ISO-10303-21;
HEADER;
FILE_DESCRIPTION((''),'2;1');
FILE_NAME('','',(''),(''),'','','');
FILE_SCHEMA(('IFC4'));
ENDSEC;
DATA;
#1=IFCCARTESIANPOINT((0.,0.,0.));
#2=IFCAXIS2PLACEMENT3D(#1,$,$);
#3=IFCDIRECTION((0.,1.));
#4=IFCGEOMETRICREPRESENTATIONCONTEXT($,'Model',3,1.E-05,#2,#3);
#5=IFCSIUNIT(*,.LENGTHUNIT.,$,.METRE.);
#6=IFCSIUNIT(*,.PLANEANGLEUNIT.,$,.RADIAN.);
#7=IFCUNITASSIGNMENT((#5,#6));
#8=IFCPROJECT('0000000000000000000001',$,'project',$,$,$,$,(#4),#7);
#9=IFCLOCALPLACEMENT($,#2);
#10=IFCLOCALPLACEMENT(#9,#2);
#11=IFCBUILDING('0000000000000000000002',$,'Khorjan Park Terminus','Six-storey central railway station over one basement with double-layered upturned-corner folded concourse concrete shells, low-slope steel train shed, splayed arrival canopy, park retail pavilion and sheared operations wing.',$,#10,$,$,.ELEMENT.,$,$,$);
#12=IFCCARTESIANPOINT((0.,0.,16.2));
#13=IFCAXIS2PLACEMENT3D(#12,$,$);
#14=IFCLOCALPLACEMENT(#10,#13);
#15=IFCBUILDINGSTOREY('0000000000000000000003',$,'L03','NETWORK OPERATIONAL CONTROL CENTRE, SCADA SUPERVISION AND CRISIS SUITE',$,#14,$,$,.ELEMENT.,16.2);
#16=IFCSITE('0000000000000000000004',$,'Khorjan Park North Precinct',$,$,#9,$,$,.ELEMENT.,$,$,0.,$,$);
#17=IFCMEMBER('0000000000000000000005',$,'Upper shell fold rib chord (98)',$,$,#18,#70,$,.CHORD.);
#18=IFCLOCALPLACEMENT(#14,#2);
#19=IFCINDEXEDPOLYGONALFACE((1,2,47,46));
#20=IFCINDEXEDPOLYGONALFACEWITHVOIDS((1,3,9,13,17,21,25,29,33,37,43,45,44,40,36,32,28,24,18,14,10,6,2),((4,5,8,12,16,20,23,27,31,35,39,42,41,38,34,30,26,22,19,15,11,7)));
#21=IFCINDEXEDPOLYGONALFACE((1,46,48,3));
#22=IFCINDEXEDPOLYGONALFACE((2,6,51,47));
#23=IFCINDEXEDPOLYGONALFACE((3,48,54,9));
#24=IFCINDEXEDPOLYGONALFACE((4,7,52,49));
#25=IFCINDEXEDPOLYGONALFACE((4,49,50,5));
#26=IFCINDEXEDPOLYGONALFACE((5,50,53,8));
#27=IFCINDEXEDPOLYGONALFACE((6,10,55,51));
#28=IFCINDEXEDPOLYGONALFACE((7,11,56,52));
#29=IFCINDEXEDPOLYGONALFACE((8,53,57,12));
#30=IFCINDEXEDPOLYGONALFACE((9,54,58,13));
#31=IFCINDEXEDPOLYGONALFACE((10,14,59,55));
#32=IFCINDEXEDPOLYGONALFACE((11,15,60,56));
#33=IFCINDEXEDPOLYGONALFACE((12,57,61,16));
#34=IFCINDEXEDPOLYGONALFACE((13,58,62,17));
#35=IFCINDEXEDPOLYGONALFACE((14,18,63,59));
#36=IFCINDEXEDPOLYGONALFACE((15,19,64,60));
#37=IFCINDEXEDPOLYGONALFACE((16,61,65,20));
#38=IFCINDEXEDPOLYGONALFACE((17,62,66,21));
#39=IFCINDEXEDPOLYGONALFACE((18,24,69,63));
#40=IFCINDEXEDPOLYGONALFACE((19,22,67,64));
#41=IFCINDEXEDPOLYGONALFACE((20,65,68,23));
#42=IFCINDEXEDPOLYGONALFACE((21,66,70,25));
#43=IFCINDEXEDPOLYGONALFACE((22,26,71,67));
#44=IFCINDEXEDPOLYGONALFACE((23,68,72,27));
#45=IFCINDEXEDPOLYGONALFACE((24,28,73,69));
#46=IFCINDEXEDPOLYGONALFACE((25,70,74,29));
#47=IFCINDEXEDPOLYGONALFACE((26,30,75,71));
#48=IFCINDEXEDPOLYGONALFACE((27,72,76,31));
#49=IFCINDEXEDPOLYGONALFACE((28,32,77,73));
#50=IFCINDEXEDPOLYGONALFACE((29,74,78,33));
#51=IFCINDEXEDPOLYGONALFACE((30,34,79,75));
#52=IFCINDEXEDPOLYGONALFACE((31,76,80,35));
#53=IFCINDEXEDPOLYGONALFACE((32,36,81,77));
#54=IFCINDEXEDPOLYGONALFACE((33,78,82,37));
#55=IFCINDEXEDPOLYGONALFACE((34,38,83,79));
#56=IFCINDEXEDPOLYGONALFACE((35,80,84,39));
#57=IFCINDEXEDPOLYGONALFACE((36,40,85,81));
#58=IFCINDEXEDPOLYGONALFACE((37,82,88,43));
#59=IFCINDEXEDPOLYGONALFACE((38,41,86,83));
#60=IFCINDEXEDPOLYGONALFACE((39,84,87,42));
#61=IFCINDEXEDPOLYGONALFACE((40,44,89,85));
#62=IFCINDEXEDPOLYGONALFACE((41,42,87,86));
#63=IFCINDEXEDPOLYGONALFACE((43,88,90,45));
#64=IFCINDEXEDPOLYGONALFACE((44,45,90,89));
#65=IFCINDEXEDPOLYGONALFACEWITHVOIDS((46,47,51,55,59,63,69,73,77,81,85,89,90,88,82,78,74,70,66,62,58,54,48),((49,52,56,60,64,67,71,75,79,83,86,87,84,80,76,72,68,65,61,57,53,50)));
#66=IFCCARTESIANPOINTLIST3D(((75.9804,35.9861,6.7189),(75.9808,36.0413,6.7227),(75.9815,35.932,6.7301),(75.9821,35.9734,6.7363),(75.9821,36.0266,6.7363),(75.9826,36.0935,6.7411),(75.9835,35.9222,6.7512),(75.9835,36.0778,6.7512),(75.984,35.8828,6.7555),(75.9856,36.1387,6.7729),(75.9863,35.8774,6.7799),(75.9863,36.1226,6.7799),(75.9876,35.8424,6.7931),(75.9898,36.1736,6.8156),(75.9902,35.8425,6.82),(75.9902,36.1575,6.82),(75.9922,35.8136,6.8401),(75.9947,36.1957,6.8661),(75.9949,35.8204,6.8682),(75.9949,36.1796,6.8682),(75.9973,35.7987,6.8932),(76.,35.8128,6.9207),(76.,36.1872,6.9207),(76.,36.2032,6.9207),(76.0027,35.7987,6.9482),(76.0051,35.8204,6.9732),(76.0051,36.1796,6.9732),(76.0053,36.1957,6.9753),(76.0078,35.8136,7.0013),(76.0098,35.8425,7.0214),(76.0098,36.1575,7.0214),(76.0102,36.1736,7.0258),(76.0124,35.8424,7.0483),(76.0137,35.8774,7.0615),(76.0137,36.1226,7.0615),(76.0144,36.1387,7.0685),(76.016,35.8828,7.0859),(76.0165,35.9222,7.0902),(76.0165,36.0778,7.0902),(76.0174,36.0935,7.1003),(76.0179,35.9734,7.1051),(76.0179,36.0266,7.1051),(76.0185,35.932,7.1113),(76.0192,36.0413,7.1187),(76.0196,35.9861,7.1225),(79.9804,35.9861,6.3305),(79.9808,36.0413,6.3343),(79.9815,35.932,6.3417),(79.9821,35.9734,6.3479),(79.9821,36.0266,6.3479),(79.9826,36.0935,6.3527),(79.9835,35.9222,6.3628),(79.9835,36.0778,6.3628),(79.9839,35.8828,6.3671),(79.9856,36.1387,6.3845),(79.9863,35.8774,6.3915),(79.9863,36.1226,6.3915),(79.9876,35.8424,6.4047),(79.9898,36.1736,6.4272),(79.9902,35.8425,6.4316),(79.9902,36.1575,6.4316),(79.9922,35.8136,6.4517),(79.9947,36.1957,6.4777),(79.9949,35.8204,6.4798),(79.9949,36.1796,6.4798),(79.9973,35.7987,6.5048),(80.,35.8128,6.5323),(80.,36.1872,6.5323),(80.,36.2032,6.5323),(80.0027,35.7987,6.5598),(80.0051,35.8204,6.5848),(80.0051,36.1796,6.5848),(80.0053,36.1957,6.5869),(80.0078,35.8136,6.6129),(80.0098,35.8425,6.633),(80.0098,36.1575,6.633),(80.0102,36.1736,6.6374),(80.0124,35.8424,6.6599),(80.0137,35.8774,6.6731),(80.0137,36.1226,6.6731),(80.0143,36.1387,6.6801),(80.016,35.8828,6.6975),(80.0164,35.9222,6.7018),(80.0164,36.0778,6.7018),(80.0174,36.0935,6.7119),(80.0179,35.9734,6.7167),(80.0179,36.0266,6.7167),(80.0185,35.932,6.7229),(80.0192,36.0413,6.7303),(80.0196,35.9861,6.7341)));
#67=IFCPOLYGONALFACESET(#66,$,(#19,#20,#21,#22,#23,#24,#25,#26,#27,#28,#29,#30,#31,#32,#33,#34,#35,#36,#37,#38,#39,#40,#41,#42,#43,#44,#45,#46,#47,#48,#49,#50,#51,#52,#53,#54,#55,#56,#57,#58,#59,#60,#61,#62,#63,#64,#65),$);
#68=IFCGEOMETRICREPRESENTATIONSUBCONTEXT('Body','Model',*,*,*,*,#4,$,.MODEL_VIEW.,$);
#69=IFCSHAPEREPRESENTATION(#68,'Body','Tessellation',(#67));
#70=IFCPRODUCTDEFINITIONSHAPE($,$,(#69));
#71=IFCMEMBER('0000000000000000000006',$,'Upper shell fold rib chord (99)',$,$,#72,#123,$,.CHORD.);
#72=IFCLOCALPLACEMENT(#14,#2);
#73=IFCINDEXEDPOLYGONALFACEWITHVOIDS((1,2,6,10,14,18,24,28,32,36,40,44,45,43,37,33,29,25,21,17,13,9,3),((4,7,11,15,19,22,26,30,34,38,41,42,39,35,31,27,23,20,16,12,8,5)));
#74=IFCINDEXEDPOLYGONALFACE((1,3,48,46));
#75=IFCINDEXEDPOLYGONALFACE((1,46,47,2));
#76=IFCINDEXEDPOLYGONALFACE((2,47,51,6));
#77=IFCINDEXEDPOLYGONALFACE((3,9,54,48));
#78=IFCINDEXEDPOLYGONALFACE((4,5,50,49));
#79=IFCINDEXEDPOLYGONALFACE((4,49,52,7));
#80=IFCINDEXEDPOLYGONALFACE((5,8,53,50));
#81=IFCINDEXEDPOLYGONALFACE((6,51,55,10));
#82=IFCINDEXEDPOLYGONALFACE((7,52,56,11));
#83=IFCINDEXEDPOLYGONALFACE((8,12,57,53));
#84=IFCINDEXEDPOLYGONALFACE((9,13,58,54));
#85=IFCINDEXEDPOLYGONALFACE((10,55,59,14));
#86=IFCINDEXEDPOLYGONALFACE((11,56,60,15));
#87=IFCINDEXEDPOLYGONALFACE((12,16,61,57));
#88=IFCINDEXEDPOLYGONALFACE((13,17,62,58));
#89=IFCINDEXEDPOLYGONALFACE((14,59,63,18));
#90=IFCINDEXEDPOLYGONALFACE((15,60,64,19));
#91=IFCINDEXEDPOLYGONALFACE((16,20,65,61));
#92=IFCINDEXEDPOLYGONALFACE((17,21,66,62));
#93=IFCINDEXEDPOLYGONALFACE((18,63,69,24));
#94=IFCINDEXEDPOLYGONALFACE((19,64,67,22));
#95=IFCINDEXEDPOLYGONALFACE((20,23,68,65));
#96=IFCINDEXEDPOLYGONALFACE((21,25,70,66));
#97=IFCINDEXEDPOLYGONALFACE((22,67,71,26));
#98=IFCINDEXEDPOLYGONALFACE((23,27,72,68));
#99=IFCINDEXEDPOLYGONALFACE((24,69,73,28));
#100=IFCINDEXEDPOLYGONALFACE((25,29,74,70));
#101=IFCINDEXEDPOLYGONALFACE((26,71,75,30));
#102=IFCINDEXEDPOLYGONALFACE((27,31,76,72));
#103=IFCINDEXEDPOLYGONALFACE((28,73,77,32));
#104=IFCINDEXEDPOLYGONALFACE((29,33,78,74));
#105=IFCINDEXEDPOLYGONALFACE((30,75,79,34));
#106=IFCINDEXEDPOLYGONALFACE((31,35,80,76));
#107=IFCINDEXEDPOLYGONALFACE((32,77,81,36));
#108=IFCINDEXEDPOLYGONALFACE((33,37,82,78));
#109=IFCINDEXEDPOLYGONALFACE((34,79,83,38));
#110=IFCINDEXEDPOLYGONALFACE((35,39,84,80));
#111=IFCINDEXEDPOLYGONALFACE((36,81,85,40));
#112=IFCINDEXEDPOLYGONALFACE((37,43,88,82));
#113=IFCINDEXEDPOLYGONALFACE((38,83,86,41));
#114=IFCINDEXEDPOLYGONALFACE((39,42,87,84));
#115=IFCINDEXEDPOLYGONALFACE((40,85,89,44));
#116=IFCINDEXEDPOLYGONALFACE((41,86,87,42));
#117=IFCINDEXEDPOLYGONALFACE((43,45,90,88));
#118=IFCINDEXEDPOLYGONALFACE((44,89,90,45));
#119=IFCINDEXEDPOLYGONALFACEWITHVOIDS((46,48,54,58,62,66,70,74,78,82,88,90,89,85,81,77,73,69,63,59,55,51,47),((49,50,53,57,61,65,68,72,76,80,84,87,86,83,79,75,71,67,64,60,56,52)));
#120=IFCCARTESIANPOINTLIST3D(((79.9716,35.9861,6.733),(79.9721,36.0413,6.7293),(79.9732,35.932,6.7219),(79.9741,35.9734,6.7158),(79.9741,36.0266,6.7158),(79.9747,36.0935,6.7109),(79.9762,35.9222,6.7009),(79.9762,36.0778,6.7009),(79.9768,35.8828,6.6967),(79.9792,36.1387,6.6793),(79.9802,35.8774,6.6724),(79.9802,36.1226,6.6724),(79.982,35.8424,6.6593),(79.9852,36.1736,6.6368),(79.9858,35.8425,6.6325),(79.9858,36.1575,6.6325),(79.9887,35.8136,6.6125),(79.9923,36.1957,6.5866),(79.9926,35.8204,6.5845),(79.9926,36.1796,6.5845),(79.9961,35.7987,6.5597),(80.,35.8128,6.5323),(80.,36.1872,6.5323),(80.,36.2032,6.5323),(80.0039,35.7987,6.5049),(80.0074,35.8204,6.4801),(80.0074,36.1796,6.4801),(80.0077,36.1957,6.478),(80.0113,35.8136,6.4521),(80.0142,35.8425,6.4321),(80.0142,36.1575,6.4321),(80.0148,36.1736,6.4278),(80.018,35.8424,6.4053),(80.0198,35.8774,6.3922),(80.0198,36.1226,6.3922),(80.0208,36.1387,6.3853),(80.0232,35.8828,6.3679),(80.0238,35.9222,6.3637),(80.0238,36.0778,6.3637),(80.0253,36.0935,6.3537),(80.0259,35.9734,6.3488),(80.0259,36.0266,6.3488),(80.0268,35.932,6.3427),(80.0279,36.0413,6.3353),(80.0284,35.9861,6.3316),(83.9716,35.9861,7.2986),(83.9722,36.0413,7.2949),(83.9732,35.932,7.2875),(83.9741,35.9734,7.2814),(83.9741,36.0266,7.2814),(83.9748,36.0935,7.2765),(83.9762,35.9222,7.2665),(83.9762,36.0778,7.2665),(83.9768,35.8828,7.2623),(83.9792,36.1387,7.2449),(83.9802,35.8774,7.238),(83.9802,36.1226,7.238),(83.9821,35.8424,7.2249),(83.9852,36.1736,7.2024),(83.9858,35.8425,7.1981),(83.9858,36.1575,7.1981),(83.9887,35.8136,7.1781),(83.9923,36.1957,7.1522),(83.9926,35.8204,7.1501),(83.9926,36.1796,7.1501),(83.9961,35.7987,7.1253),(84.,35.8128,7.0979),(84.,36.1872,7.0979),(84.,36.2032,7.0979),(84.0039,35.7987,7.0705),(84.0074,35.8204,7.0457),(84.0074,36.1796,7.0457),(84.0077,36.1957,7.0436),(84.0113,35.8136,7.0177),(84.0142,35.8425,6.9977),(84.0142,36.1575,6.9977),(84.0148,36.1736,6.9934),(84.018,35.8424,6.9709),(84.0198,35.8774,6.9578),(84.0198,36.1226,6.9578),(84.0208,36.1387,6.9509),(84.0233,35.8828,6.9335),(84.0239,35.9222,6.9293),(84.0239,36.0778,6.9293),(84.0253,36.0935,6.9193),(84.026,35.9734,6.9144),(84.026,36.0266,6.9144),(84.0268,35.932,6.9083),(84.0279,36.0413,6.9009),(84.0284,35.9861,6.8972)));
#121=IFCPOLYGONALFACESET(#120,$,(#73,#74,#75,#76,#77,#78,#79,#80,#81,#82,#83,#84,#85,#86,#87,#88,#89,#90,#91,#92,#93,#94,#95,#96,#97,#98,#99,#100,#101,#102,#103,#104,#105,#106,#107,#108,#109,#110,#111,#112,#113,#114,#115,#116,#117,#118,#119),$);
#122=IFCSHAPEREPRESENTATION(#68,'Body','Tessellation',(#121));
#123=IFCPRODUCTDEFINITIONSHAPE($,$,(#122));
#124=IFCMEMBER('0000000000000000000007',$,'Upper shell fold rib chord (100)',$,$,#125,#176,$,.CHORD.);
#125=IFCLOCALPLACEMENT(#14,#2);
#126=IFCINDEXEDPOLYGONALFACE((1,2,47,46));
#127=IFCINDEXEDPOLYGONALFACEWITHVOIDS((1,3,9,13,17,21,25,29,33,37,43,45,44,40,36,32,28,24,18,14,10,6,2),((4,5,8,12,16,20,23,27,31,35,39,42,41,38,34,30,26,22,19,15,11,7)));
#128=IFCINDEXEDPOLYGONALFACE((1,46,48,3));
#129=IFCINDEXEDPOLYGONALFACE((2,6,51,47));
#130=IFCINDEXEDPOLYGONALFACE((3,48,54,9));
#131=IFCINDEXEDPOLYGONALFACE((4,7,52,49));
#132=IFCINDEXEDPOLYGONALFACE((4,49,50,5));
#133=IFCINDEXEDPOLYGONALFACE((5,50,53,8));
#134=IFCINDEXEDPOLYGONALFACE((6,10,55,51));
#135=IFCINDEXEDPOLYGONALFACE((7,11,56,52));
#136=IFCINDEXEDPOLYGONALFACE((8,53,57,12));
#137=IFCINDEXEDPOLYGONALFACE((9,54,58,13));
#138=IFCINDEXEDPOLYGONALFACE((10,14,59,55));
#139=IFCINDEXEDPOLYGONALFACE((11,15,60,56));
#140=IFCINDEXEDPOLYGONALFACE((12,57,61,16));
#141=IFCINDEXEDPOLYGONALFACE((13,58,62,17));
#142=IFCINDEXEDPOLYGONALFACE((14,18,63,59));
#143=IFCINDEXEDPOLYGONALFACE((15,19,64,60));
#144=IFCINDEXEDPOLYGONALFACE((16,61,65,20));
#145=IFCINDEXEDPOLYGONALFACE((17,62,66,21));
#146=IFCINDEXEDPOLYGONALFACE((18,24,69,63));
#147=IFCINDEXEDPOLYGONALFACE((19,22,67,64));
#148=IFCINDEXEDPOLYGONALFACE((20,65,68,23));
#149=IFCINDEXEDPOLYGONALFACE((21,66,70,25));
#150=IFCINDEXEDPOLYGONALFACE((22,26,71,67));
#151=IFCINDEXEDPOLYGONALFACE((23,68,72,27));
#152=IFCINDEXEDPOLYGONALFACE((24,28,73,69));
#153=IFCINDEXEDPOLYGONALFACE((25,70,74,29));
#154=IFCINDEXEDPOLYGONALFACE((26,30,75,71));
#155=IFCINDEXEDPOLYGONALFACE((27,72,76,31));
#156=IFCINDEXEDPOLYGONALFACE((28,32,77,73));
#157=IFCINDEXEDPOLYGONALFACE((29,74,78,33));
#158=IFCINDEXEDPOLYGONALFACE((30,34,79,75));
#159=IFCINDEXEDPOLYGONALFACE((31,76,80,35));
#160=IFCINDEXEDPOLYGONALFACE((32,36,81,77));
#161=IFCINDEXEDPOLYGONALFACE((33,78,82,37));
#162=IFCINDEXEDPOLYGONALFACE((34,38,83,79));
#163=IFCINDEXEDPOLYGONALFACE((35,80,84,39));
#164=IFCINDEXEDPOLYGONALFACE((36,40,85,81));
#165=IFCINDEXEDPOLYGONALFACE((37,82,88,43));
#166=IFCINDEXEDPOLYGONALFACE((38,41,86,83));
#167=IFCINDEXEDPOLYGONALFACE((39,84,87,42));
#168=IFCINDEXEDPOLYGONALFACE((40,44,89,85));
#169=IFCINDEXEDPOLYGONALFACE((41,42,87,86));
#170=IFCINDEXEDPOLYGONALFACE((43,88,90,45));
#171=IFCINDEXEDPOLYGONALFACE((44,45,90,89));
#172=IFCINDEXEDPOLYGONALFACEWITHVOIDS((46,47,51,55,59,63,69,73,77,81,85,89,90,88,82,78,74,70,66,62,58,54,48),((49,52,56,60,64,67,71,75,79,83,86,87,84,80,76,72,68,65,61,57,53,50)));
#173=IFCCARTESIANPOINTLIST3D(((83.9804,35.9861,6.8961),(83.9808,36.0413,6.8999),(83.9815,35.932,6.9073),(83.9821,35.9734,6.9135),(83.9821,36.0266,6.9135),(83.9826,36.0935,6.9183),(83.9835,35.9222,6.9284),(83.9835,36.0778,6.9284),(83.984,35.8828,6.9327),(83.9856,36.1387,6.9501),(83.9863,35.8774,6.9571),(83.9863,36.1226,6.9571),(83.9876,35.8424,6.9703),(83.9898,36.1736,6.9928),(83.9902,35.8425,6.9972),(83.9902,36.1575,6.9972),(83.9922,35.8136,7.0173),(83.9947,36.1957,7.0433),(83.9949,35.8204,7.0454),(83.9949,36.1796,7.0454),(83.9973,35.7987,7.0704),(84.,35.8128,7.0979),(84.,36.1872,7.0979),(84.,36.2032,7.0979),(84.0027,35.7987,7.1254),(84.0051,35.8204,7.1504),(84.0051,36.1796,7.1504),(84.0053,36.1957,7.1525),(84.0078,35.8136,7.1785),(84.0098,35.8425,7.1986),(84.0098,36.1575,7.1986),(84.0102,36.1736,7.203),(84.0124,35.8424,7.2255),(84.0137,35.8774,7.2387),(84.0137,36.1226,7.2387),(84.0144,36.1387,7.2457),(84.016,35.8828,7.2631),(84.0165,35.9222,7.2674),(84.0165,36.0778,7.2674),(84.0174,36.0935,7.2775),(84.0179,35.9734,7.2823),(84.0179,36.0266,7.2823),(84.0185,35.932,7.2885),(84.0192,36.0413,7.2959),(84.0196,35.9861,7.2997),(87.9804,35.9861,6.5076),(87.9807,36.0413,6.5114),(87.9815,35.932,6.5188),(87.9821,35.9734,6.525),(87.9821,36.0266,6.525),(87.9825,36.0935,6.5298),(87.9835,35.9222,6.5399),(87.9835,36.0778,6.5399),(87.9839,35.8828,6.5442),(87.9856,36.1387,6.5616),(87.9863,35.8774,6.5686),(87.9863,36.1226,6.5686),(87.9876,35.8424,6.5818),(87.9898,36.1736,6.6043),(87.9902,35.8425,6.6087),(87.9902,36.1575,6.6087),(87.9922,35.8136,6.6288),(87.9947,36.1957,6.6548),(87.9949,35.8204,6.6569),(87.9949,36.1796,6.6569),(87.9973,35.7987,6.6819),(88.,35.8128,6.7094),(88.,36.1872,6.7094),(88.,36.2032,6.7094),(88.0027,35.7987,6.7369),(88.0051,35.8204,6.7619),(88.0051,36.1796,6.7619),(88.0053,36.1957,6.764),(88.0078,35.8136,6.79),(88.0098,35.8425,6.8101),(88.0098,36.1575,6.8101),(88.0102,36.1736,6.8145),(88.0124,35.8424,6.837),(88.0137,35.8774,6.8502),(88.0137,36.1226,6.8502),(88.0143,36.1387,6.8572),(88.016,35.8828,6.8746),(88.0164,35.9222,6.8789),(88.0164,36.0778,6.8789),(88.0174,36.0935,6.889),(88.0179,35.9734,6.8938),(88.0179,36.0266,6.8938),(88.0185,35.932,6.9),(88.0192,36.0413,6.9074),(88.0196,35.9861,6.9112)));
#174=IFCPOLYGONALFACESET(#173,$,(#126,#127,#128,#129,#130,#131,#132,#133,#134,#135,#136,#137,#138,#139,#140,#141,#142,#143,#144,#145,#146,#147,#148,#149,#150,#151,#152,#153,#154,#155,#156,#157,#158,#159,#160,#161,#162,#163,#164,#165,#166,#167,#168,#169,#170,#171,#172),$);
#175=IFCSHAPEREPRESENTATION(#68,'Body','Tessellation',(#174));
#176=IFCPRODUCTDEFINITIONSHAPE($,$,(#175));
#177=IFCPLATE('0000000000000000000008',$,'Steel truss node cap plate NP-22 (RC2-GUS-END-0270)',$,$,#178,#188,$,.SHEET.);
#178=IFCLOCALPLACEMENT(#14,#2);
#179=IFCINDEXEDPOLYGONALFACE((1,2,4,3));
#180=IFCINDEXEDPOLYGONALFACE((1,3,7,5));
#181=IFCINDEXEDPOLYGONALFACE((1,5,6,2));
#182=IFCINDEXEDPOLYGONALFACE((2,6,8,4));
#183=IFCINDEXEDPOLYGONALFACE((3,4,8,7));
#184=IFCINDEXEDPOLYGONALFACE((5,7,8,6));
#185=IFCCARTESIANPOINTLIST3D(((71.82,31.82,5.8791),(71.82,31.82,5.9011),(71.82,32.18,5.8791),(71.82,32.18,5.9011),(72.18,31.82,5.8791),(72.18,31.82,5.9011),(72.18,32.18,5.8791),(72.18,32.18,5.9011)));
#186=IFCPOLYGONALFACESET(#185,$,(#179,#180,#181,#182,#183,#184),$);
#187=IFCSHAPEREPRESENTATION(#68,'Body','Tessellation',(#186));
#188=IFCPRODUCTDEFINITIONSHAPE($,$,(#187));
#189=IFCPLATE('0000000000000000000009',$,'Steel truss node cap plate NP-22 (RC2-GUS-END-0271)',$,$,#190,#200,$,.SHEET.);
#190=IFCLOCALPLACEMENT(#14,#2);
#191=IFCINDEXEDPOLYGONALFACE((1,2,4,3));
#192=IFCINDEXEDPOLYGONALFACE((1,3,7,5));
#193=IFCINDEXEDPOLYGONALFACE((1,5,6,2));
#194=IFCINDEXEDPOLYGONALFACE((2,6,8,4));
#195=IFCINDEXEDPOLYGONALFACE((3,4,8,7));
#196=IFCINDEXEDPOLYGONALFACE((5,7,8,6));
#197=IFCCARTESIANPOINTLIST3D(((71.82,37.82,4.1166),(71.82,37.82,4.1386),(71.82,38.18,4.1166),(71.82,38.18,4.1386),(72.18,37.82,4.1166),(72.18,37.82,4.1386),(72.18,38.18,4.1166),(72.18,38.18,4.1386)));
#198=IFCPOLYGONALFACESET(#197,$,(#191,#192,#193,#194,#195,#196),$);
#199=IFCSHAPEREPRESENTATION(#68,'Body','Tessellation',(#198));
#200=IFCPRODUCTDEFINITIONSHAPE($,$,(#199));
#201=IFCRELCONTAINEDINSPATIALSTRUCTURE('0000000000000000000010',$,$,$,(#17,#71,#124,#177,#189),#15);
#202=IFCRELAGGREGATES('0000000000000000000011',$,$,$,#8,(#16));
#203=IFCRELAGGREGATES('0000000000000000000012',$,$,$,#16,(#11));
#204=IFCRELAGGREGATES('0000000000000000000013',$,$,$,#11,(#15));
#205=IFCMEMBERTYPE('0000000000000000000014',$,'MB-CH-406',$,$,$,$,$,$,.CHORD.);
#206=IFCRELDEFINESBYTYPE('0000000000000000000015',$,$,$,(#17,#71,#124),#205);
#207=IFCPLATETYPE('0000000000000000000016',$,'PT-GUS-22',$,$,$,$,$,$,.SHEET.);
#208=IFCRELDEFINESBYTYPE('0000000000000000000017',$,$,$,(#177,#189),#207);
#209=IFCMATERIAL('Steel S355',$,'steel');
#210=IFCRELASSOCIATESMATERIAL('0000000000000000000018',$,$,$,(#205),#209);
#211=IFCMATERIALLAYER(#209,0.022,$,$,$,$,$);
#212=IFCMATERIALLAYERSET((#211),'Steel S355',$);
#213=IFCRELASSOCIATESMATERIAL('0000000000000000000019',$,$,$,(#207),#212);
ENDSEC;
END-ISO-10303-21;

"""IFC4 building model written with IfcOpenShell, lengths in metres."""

from ifc_helpers import new_model, si_unit, direction, frame, origin, origin_2d, place, context, subcontext, project, spatial, rectangle, hollow_circle, extrude, material, layer, layer_set, material_profile, profile_set, type_object, element, save


model = new_model("IFC4")

# Units and contexts
model_context = context("Model", 3, precision=1e-05, world=origin(), true_north=direction((0.0, 1.0)))
body_context = subcontext(model_context, "Body", "Model", "MODEL_VIEW")
ifc_project = project(units=[si_unit("LENGTHUNIT", "METRE"), si_unit("PLANEANGLEUNIT", "RADIAN")], contexts=[model_context])

# Site, building, storey
site_placement = place(None, origin())
site = spatial("IfcSite", under=ifc_project, at=site_placement, Name="Khorjan Park North Precinct", CompositionType="ELEMENT", RefElevation=0.0)
building_placement = place(site_placement, origin())
building = spatial("IfcBuilding", under=site, at=building_placement, Name="Khorjan Park Terminus", Description="Six-storey central railway station over one basement with double-layered upturned-corner folded concourse concrete shells, low-slope steel train shed, splayed arrival canopy, park retail pavilion and sheared operations wing.", CompositionType="ELEMENT")
storey_placement = place(building_placement, frame((0.0, 0.0, 16.2)))
storey = spatial("IfcBuildingStorey", under=building, at=storey_placement, Name="L03", Description="NETWORK OPERATIONAL CONTROL CENTRE, SCADA SUPERVISION AND CRISIS SUITE", CompositionType="ELEMENT", Elevation=16.2)

# Members
ifc_material = material(Name="Steel S355", Category="steel")
ifc_material_profile_1 = material_profile(ifc_material, hollow_circle(Radius=0.2032, WallThickness=0.016, at=origin_2d()), Name="CHS 406.4x16")
ifc_profile_set_1 = profile_set([ifc_material_profile_1], Name="Steel S355")
member_type_1 = type_object("IfcMemberType", Name="MB-CH-406", PredefinedType="CHORD", material=ifc_profile_set_1)
member_1_placement = place(storey_placement, frame((76.0, 36.0, 6.9207), z_axis=(0.995319, 0.0, -0.096645), x_axis=(0.0, 1.0, 0.0)))
element("IfcMember", 1, at=member_1_placement, inside=storey, type_object=member_type_1, Name="Upper shell fold rib chord (98)", PredefinedType="CHORD", context=body_context, shape_type="SweptSolid", body=[
    extrude(hollow_circle(Radius=0.2032, WallThickness=0.016, at=origin_2d()), origin(), (0.0, 0.0, 1.0), 4.0188),
])
member_2_placement = place(storey_placement, frame((80.0, 36.0, 6.5323), z_axis=(0.99015, 0.0, 0.140007), x_axis=(0.0, 1.0, 0.0)))
element("IfcMember", 2, at=member_2_placement, inside=storey, type_object=member_type_1, Name="Upper shell fold rib chord (99)", PredefinedType="CHORD", context=body_context, shape_type="SweptSolid", body=[
    extrude(hollow_circle(Radius=0.2032, WallThickness=0.016, at=origin_2d()), origin(), (0.0, 0.0, 1.0), 4.0398),
])
member_3_placement = place(storey_placement, frame((84.0, 36.0, 7.0979), z_axis=(0.995316, 0.0, -0.09667), x_axis=(0.0, 1.0, 0.0)))
element("IfcMember", 3, at=member_3_placement, inside=storey, type_object=member_type_1, Name="Upper shell fold rib chord (100)", PredefinedType="CHORD", context=body_context, shape_type="SweptSolid", body=[
    extrude(hollow_circle(Radius=0.2032, WallThickness=0.016, at=origin_2d()), origin(), (0.0, 0.0, 1.0), 4.0188),
])

# Plates
ifc_layer = layer(ifc_material, 0.022)
ifc_layer_set = layer_set([ifc_layer], Name="Steel S355")
plate_type = type_object("IfcPlateType", Name="PT-GUS-22", PredefinedType="SHEET", material=ifc_layer_set)
for number, where, z_axis, x_axis, name in (
    (4, (72.0, 32.0, 5.8791), (0.0, 0.0, 1.0), (1.0, 0.0, 0.0), "Steel truss node cap plate NP-22 (RC2-GUS-END-0270)"),
    (5, (72.0, 38.0, 4.1166), (0.0, 0.0, 1.0), (1.0, 0.0, 0.0), "Steel truss node cap plate NP-22 (RC2-GUS-END-0271)"),
):
    element("IfcPlate", number, at=place(storey_placement, frame(where, z_axis=z_axis, x_axis=x_axis)), inside=storey, type_object=plate_type, Name=name, PredefinedType="SHEET", context=body_context, shape_type="SweptSolid", body=[
        extrude(rectangle(XDim=0.36, YDim=0.36, at=origin_2d()), origin(), (0.0, 0.0, 1.0), 0.022),
    ])

save(model, "model.ifc")
